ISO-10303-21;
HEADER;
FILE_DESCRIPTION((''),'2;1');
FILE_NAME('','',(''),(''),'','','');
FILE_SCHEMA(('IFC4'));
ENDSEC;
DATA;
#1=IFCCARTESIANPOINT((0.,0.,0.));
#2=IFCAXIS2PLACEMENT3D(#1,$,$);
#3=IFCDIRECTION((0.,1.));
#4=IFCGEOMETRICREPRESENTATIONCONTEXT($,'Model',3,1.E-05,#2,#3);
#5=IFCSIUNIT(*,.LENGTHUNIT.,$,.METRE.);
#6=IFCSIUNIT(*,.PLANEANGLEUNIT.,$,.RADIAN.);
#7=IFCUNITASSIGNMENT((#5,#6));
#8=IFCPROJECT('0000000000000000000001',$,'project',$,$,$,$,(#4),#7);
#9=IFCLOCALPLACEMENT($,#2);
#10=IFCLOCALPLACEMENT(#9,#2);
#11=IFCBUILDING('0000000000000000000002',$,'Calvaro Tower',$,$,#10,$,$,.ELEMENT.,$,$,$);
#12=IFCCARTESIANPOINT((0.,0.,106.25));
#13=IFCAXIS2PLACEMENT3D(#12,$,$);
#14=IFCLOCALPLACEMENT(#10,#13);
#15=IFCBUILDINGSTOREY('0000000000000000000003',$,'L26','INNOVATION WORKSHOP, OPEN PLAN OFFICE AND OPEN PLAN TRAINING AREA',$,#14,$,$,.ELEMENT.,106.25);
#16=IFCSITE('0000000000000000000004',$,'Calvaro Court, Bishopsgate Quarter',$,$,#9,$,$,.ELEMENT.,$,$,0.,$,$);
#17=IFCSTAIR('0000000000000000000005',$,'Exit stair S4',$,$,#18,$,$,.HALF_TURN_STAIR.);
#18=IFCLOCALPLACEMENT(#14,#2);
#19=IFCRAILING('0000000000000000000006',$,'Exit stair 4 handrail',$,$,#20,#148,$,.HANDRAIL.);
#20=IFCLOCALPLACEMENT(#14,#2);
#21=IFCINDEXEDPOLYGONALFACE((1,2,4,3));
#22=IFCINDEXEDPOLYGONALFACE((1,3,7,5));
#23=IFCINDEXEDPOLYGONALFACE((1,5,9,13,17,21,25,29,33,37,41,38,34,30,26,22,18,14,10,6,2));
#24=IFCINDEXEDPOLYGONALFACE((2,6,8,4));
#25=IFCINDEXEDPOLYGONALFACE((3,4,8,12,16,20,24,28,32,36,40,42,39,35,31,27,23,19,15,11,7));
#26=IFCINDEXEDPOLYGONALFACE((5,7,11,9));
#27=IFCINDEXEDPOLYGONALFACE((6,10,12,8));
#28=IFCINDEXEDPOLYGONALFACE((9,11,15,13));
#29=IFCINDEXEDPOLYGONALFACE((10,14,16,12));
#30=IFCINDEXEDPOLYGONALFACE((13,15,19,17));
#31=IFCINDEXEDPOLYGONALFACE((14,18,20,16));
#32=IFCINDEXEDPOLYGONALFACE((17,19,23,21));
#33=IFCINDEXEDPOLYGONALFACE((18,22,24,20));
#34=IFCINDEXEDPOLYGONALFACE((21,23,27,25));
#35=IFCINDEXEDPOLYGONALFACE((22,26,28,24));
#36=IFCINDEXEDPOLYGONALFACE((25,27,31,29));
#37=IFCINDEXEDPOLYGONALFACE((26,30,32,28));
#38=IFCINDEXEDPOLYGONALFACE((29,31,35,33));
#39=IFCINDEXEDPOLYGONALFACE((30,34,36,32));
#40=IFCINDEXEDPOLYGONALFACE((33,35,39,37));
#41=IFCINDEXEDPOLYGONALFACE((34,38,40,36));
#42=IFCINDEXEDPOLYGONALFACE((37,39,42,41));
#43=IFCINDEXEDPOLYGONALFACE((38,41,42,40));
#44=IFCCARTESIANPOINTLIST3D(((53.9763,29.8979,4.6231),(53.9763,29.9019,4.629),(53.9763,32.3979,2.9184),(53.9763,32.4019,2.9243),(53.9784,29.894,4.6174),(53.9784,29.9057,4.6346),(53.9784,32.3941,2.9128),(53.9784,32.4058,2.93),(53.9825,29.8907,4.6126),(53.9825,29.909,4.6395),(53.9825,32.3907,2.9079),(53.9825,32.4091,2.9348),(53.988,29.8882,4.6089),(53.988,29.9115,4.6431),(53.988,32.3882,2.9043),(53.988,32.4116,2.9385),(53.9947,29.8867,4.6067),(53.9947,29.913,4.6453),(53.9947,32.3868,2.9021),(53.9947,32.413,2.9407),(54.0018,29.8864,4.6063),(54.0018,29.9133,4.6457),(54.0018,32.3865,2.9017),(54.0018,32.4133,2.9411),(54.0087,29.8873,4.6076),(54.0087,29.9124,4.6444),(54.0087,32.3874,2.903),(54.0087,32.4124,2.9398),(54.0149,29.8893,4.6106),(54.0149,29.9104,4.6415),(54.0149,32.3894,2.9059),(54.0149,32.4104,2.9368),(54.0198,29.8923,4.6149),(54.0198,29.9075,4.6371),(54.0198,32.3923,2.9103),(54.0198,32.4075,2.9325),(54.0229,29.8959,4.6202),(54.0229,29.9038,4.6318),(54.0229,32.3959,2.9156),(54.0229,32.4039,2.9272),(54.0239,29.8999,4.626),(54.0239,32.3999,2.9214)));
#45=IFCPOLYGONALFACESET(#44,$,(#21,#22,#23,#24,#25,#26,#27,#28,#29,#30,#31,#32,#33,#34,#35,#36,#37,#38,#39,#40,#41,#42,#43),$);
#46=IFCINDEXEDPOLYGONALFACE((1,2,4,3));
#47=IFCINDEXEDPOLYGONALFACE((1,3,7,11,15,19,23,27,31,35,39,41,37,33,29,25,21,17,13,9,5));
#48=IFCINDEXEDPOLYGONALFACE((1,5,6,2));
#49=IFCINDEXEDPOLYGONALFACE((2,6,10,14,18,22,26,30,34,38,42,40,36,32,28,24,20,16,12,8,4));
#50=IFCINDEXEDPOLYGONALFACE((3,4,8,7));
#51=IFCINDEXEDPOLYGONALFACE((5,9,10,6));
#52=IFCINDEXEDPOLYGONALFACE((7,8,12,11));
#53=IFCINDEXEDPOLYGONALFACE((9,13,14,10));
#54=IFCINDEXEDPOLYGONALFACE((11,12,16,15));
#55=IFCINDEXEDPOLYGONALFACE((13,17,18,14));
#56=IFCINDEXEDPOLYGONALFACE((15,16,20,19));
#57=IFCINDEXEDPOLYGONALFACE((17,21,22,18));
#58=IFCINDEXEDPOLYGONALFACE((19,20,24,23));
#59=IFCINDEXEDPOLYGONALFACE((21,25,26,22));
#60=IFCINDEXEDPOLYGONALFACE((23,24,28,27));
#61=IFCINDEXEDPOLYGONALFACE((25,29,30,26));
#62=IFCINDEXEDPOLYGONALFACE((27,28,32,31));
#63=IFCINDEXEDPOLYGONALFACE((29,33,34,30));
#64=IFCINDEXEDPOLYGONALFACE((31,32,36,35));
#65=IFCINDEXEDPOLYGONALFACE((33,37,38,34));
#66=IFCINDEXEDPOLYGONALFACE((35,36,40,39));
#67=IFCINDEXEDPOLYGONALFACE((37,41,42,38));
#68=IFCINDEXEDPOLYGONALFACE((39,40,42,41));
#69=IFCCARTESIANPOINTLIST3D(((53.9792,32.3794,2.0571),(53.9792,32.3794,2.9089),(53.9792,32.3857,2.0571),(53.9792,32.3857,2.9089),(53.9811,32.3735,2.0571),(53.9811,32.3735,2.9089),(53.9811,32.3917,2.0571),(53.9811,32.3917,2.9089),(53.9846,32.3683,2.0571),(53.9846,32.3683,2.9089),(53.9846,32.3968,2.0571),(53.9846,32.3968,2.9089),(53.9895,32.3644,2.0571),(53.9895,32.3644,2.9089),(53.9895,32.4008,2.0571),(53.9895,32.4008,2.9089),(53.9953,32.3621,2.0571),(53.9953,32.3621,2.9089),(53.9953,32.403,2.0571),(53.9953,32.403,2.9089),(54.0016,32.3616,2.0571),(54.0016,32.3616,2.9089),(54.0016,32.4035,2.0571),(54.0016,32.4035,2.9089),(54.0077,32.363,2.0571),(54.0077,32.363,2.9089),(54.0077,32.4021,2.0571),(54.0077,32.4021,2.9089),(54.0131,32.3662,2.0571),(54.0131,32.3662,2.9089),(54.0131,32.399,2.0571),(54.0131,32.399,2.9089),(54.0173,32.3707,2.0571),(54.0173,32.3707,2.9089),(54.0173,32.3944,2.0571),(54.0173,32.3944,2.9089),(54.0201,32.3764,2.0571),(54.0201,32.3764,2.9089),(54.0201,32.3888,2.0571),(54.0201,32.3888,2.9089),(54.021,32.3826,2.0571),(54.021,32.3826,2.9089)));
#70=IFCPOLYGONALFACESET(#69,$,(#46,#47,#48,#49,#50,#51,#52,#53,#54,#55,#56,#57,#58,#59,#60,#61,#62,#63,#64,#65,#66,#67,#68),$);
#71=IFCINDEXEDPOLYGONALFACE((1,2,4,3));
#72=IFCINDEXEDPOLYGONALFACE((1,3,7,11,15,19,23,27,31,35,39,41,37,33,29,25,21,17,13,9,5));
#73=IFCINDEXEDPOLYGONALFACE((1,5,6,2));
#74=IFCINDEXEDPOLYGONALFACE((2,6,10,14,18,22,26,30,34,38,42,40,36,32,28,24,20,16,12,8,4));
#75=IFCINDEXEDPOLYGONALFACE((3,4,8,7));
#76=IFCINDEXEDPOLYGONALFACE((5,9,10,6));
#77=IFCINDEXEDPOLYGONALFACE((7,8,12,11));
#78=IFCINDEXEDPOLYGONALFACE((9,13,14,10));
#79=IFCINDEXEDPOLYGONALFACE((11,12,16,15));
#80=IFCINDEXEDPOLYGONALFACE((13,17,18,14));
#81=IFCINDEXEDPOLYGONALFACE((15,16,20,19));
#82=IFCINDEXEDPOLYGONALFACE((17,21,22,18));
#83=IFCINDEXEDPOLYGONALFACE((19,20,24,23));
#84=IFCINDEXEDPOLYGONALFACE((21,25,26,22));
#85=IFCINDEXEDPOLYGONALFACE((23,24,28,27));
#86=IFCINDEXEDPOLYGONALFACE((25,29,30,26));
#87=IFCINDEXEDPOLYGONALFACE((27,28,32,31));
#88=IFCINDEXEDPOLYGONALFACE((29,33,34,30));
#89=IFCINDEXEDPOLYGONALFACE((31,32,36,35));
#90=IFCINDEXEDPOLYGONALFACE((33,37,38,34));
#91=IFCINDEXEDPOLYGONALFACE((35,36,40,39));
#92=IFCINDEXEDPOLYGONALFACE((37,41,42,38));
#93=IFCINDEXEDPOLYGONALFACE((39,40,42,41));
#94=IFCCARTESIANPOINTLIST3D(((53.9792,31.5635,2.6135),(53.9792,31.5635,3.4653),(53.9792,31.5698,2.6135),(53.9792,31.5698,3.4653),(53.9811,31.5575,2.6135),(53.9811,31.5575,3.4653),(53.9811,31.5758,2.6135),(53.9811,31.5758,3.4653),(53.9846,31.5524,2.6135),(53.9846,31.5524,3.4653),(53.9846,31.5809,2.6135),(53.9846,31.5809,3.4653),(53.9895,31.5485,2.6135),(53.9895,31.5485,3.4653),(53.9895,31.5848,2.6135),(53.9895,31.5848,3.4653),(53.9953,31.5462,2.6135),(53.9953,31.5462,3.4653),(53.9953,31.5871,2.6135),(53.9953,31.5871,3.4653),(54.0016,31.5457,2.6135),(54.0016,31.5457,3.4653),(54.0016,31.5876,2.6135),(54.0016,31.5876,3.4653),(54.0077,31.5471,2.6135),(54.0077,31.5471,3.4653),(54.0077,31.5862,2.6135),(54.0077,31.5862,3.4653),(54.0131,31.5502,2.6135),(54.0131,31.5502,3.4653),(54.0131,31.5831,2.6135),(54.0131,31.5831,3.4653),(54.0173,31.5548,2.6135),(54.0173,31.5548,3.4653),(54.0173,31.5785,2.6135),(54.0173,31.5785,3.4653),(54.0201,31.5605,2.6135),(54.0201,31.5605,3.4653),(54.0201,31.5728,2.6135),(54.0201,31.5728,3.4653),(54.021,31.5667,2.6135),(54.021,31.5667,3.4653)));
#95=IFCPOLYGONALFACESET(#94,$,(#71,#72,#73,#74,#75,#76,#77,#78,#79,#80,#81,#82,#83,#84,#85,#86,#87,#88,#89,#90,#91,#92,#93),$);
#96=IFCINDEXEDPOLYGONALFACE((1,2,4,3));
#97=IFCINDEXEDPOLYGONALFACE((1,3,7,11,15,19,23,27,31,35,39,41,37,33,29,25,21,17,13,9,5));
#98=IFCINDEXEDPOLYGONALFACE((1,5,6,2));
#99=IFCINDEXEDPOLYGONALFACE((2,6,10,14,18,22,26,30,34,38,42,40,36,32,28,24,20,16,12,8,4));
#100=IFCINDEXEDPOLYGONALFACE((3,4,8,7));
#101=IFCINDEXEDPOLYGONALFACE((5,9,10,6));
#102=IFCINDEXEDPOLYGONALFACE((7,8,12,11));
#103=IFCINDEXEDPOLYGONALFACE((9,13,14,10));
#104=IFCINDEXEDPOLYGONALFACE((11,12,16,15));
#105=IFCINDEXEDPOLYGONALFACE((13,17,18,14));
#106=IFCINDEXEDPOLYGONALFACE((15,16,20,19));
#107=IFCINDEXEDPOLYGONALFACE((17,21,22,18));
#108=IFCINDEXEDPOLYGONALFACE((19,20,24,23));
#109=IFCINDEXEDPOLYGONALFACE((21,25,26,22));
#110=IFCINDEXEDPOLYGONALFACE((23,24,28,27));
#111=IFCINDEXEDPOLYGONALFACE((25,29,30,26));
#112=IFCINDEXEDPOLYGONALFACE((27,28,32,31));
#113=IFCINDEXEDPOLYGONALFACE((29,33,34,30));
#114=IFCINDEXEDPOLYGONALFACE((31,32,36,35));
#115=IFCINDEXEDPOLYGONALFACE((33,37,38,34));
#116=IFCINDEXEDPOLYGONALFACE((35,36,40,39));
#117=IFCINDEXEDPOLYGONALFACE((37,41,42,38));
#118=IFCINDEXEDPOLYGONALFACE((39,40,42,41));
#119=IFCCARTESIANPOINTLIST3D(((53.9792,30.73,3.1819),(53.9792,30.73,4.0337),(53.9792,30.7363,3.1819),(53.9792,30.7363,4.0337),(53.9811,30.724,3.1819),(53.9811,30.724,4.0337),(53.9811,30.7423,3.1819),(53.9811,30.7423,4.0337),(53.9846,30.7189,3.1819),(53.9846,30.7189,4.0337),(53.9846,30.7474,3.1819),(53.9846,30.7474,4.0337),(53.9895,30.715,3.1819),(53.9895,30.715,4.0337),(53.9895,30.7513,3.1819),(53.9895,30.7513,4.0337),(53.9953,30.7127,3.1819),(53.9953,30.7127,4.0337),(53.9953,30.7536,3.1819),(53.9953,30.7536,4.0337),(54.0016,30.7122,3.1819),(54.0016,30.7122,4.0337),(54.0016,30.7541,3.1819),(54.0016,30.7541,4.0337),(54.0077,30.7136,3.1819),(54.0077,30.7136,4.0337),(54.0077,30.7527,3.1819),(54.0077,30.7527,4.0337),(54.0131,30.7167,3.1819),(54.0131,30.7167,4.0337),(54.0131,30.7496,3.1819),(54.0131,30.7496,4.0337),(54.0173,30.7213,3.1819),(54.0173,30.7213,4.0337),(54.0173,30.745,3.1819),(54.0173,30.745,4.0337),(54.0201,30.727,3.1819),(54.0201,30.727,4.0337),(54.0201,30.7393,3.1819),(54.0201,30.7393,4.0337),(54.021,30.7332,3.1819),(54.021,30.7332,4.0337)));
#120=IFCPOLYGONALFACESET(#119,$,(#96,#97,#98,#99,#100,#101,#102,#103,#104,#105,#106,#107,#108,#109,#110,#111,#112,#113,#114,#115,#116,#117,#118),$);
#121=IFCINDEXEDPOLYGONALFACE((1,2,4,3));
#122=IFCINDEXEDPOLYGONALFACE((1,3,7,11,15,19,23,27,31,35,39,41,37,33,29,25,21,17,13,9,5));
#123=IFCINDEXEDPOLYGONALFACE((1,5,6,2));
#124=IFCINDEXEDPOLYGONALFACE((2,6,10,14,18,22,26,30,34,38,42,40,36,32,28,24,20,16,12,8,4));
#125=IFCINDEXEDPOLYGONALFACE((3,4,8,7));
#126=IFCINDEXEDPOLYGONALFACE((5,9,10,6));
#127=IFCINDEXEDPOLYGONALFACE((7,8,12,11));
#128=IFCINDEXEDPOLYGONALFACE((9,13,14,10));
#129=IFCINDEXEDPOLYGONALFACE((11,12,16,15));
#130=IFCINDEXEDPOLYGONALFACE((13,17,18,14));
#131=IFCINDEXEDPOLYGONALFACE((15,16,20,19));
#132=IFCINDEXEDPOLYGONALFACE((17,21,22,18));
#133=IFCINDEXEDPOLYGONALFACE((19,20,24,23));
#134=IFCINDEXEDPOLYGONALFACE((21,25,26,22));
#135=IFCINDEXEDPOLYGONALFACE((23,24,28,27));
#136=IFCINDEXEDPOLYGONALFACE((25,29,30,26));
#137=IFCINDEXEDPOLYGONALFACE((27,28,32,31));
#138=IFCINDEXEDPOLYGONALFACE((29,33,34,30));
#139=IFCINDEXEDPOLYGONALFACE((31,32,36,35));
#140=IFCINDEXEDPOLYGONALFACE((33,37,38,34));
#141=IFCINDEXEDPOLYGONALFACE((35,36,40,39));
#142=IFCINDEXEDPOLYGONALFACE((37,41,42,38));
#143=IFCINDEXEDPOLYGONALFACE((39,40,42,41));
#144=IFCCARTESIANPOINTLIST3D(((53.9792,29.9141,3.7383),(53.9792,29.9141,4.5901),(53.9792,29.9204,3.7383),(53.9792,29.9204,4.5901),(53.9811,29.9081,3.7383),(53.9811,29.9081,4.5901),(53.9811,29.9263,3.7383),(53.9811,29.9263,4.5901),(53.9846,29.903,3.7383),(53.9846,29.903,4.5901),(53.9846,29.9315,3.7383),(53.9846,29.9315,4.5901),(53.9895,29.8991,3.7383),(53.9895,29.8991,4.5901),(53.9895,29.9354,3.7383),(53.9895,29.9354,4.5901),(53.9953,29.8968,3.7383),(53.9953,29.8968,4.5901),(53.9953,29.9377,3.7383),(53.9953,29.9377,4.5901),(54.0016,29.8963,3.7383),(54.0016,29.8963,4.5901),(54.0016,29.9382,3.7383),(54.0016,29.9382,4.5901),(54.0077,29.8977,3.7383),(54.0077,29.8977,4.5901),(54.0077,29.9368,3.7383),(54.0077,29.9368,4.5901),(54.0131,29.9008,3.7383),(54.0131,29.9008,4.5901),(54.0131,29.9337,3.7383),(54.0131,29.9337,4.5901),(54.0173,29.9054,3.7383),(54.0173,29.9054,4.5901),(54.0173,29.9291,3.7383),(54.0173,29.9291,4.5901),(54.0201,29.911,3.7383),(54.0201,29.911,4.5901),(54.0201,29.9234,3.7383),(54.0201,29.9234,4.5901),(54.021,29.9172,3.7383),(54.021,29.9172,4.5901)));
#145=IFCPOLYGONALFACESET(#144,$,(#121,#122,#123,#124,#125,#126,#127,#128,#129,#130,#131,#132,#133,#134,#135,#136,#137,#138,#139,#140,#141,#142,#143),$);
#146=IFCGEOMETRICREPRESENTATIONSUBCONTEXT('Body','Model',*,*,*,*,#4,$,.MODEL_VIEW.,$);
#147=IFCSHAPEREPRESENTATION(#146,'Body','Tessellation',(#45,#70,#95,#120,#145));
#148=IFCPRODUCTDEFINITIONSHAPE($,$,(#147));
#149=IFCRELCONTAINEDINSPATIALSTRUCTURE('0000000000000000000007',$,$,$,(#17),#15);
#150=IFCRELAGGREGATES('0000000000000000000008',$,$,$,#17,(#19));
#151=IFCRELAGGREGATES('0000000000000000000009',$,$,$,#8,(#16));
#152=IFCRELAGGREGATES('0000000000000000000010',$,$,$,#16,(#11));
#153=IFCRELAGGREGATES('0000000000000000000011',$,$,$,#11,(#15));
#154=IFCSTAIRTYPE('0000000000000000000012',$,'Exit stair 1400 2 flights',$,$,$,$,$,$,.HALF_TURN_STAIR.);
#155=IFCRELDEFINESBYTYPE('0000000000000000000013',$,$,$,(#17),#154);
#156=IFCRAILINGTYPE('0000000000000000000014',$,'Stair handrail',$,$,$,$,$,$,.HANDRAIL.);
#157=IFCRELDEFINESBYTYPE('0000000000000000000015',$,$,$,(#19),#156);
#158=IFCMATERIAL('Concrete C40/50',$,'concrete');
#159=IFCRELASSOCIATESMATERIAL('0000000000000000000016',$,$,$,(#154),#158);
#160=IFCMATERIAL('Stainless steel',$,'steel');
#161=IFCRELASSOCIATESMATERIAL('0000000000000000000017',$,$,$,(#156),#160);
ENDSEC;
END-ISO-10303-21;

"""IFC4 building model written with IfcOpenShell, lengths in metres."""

from ifc_helpers import new_model, si_unit, direction, frame, origin, origin_2d, place, context, subcontext, project, spatial, circle, extrude, material, type_object, element, aggregate, save


model = new_model("IFC4")

# Units and contexts
model_context = context("Model", 3, precision=1e-05, world=origin(), true_north=direction((0.0, 1.0)))
body_context = subcontext(model_context, "Body", "Model", "MODEL_VIEW")
ifc_project = project(units=[si_unit("LENGTHUNIT", "METRE"), si_unit("PLANEANGLEUNIT", "RADIAN")], contexts=[model_context])

# Site, building, storey
site_placement = place(None, origin())
site = spatial("IfcSite", under=ifc_project, at=site_placement, Name="Calvaro Court, Bishopsgate Quarter", CompositionType="ELEMENT", RefElevation=0.0)
building_placement = place(site_placement, origin())
building = spatial("IfcBuilding", under=site, at=building_placement, Name="Calvaro Tower", CompositionType="ELEMENT")
storey_placement = place(building_placement, frame((0.0, 0.0, 106.25)))
storey = spatial("IfcBuildingStorey", under=building, at=storey_placement, Name="L26", Description="INNOVATION WORKSHOP, OPEN PLAN OFFICE AND OPEN PLAN TRAINING AREA", CompositionType="ELEMENT", Elevation=106.25)

# Shared definitions
ifc_material_1 = material(Name="Concrete C40/50", Category="concrete")
stair_type = type_object("IfcStairType", Name="Exit stair 1400 2 flights", PredefinedType="HALF_TURN_STAIR", material=ifc_material_1)

# Stair, railing
stair_1_placement = place(storey_placement, origin())
stair_1 = element("IfcStair", 1, at=stair_1_placement, inside=storey, type_object=stair_type, Name="Exit stair S4", PredefinedType="HALF_TURN_STAIR")
ifc_material_2 = material(Name="Stainless steel", Category="steel")
railing_type = type_object("IfcRailingType", Name="Stair handrail", PredefinedType="HANDRAIL", material=ifc_material_2)
railing_1_placement = place(storey_placement, frame((54.0, 32.3999, 2.0454)))
railing_1 = element("IfcRailing", 2, at=railing_1_placement, type_object=railing_type, Name="Exit stair 4 handrail", PredefinedType="HANDRAIL", context=body_context, shape_type="SweptSolid", body=[
    extrude(circle(Radius=0.0239, at=origin_2d()), frame((0.0, 0.0, 0.876), z_axis=(0.0, -0.826221, 0.563347), x_axis=(1.0, 0.0, 0.0)), (0.0, 0.0, 1.0), 3.0259),
    extrude(circle(Radius=0.021, at=origin_2d()), frame((0.0, -0.0173, 0.0117)), (0.0, 0.0, 1.0), 0.8518),
    extrude(circle(Radius=0.021, at=origin_2d()), frame((0.0, -0.8333, 0.5681)), (0.0, 0.0, 1.0), 0.8518),
    extrude(circle(Radius=0.021, at=origin_2d()), frame((0.0, -1.6667, 1.1365)), (0.0, 0.0, 1.0), 0.8518),
    extrude(circle(Radius=0.021, at=origin_2d()), frame((0.0, -2.4827, 1.6929)), (0.0, 0.0, 1.0), 0.8518),
])
aggregate(stair_1, [railing_1])

save(model, "model.ifc")
